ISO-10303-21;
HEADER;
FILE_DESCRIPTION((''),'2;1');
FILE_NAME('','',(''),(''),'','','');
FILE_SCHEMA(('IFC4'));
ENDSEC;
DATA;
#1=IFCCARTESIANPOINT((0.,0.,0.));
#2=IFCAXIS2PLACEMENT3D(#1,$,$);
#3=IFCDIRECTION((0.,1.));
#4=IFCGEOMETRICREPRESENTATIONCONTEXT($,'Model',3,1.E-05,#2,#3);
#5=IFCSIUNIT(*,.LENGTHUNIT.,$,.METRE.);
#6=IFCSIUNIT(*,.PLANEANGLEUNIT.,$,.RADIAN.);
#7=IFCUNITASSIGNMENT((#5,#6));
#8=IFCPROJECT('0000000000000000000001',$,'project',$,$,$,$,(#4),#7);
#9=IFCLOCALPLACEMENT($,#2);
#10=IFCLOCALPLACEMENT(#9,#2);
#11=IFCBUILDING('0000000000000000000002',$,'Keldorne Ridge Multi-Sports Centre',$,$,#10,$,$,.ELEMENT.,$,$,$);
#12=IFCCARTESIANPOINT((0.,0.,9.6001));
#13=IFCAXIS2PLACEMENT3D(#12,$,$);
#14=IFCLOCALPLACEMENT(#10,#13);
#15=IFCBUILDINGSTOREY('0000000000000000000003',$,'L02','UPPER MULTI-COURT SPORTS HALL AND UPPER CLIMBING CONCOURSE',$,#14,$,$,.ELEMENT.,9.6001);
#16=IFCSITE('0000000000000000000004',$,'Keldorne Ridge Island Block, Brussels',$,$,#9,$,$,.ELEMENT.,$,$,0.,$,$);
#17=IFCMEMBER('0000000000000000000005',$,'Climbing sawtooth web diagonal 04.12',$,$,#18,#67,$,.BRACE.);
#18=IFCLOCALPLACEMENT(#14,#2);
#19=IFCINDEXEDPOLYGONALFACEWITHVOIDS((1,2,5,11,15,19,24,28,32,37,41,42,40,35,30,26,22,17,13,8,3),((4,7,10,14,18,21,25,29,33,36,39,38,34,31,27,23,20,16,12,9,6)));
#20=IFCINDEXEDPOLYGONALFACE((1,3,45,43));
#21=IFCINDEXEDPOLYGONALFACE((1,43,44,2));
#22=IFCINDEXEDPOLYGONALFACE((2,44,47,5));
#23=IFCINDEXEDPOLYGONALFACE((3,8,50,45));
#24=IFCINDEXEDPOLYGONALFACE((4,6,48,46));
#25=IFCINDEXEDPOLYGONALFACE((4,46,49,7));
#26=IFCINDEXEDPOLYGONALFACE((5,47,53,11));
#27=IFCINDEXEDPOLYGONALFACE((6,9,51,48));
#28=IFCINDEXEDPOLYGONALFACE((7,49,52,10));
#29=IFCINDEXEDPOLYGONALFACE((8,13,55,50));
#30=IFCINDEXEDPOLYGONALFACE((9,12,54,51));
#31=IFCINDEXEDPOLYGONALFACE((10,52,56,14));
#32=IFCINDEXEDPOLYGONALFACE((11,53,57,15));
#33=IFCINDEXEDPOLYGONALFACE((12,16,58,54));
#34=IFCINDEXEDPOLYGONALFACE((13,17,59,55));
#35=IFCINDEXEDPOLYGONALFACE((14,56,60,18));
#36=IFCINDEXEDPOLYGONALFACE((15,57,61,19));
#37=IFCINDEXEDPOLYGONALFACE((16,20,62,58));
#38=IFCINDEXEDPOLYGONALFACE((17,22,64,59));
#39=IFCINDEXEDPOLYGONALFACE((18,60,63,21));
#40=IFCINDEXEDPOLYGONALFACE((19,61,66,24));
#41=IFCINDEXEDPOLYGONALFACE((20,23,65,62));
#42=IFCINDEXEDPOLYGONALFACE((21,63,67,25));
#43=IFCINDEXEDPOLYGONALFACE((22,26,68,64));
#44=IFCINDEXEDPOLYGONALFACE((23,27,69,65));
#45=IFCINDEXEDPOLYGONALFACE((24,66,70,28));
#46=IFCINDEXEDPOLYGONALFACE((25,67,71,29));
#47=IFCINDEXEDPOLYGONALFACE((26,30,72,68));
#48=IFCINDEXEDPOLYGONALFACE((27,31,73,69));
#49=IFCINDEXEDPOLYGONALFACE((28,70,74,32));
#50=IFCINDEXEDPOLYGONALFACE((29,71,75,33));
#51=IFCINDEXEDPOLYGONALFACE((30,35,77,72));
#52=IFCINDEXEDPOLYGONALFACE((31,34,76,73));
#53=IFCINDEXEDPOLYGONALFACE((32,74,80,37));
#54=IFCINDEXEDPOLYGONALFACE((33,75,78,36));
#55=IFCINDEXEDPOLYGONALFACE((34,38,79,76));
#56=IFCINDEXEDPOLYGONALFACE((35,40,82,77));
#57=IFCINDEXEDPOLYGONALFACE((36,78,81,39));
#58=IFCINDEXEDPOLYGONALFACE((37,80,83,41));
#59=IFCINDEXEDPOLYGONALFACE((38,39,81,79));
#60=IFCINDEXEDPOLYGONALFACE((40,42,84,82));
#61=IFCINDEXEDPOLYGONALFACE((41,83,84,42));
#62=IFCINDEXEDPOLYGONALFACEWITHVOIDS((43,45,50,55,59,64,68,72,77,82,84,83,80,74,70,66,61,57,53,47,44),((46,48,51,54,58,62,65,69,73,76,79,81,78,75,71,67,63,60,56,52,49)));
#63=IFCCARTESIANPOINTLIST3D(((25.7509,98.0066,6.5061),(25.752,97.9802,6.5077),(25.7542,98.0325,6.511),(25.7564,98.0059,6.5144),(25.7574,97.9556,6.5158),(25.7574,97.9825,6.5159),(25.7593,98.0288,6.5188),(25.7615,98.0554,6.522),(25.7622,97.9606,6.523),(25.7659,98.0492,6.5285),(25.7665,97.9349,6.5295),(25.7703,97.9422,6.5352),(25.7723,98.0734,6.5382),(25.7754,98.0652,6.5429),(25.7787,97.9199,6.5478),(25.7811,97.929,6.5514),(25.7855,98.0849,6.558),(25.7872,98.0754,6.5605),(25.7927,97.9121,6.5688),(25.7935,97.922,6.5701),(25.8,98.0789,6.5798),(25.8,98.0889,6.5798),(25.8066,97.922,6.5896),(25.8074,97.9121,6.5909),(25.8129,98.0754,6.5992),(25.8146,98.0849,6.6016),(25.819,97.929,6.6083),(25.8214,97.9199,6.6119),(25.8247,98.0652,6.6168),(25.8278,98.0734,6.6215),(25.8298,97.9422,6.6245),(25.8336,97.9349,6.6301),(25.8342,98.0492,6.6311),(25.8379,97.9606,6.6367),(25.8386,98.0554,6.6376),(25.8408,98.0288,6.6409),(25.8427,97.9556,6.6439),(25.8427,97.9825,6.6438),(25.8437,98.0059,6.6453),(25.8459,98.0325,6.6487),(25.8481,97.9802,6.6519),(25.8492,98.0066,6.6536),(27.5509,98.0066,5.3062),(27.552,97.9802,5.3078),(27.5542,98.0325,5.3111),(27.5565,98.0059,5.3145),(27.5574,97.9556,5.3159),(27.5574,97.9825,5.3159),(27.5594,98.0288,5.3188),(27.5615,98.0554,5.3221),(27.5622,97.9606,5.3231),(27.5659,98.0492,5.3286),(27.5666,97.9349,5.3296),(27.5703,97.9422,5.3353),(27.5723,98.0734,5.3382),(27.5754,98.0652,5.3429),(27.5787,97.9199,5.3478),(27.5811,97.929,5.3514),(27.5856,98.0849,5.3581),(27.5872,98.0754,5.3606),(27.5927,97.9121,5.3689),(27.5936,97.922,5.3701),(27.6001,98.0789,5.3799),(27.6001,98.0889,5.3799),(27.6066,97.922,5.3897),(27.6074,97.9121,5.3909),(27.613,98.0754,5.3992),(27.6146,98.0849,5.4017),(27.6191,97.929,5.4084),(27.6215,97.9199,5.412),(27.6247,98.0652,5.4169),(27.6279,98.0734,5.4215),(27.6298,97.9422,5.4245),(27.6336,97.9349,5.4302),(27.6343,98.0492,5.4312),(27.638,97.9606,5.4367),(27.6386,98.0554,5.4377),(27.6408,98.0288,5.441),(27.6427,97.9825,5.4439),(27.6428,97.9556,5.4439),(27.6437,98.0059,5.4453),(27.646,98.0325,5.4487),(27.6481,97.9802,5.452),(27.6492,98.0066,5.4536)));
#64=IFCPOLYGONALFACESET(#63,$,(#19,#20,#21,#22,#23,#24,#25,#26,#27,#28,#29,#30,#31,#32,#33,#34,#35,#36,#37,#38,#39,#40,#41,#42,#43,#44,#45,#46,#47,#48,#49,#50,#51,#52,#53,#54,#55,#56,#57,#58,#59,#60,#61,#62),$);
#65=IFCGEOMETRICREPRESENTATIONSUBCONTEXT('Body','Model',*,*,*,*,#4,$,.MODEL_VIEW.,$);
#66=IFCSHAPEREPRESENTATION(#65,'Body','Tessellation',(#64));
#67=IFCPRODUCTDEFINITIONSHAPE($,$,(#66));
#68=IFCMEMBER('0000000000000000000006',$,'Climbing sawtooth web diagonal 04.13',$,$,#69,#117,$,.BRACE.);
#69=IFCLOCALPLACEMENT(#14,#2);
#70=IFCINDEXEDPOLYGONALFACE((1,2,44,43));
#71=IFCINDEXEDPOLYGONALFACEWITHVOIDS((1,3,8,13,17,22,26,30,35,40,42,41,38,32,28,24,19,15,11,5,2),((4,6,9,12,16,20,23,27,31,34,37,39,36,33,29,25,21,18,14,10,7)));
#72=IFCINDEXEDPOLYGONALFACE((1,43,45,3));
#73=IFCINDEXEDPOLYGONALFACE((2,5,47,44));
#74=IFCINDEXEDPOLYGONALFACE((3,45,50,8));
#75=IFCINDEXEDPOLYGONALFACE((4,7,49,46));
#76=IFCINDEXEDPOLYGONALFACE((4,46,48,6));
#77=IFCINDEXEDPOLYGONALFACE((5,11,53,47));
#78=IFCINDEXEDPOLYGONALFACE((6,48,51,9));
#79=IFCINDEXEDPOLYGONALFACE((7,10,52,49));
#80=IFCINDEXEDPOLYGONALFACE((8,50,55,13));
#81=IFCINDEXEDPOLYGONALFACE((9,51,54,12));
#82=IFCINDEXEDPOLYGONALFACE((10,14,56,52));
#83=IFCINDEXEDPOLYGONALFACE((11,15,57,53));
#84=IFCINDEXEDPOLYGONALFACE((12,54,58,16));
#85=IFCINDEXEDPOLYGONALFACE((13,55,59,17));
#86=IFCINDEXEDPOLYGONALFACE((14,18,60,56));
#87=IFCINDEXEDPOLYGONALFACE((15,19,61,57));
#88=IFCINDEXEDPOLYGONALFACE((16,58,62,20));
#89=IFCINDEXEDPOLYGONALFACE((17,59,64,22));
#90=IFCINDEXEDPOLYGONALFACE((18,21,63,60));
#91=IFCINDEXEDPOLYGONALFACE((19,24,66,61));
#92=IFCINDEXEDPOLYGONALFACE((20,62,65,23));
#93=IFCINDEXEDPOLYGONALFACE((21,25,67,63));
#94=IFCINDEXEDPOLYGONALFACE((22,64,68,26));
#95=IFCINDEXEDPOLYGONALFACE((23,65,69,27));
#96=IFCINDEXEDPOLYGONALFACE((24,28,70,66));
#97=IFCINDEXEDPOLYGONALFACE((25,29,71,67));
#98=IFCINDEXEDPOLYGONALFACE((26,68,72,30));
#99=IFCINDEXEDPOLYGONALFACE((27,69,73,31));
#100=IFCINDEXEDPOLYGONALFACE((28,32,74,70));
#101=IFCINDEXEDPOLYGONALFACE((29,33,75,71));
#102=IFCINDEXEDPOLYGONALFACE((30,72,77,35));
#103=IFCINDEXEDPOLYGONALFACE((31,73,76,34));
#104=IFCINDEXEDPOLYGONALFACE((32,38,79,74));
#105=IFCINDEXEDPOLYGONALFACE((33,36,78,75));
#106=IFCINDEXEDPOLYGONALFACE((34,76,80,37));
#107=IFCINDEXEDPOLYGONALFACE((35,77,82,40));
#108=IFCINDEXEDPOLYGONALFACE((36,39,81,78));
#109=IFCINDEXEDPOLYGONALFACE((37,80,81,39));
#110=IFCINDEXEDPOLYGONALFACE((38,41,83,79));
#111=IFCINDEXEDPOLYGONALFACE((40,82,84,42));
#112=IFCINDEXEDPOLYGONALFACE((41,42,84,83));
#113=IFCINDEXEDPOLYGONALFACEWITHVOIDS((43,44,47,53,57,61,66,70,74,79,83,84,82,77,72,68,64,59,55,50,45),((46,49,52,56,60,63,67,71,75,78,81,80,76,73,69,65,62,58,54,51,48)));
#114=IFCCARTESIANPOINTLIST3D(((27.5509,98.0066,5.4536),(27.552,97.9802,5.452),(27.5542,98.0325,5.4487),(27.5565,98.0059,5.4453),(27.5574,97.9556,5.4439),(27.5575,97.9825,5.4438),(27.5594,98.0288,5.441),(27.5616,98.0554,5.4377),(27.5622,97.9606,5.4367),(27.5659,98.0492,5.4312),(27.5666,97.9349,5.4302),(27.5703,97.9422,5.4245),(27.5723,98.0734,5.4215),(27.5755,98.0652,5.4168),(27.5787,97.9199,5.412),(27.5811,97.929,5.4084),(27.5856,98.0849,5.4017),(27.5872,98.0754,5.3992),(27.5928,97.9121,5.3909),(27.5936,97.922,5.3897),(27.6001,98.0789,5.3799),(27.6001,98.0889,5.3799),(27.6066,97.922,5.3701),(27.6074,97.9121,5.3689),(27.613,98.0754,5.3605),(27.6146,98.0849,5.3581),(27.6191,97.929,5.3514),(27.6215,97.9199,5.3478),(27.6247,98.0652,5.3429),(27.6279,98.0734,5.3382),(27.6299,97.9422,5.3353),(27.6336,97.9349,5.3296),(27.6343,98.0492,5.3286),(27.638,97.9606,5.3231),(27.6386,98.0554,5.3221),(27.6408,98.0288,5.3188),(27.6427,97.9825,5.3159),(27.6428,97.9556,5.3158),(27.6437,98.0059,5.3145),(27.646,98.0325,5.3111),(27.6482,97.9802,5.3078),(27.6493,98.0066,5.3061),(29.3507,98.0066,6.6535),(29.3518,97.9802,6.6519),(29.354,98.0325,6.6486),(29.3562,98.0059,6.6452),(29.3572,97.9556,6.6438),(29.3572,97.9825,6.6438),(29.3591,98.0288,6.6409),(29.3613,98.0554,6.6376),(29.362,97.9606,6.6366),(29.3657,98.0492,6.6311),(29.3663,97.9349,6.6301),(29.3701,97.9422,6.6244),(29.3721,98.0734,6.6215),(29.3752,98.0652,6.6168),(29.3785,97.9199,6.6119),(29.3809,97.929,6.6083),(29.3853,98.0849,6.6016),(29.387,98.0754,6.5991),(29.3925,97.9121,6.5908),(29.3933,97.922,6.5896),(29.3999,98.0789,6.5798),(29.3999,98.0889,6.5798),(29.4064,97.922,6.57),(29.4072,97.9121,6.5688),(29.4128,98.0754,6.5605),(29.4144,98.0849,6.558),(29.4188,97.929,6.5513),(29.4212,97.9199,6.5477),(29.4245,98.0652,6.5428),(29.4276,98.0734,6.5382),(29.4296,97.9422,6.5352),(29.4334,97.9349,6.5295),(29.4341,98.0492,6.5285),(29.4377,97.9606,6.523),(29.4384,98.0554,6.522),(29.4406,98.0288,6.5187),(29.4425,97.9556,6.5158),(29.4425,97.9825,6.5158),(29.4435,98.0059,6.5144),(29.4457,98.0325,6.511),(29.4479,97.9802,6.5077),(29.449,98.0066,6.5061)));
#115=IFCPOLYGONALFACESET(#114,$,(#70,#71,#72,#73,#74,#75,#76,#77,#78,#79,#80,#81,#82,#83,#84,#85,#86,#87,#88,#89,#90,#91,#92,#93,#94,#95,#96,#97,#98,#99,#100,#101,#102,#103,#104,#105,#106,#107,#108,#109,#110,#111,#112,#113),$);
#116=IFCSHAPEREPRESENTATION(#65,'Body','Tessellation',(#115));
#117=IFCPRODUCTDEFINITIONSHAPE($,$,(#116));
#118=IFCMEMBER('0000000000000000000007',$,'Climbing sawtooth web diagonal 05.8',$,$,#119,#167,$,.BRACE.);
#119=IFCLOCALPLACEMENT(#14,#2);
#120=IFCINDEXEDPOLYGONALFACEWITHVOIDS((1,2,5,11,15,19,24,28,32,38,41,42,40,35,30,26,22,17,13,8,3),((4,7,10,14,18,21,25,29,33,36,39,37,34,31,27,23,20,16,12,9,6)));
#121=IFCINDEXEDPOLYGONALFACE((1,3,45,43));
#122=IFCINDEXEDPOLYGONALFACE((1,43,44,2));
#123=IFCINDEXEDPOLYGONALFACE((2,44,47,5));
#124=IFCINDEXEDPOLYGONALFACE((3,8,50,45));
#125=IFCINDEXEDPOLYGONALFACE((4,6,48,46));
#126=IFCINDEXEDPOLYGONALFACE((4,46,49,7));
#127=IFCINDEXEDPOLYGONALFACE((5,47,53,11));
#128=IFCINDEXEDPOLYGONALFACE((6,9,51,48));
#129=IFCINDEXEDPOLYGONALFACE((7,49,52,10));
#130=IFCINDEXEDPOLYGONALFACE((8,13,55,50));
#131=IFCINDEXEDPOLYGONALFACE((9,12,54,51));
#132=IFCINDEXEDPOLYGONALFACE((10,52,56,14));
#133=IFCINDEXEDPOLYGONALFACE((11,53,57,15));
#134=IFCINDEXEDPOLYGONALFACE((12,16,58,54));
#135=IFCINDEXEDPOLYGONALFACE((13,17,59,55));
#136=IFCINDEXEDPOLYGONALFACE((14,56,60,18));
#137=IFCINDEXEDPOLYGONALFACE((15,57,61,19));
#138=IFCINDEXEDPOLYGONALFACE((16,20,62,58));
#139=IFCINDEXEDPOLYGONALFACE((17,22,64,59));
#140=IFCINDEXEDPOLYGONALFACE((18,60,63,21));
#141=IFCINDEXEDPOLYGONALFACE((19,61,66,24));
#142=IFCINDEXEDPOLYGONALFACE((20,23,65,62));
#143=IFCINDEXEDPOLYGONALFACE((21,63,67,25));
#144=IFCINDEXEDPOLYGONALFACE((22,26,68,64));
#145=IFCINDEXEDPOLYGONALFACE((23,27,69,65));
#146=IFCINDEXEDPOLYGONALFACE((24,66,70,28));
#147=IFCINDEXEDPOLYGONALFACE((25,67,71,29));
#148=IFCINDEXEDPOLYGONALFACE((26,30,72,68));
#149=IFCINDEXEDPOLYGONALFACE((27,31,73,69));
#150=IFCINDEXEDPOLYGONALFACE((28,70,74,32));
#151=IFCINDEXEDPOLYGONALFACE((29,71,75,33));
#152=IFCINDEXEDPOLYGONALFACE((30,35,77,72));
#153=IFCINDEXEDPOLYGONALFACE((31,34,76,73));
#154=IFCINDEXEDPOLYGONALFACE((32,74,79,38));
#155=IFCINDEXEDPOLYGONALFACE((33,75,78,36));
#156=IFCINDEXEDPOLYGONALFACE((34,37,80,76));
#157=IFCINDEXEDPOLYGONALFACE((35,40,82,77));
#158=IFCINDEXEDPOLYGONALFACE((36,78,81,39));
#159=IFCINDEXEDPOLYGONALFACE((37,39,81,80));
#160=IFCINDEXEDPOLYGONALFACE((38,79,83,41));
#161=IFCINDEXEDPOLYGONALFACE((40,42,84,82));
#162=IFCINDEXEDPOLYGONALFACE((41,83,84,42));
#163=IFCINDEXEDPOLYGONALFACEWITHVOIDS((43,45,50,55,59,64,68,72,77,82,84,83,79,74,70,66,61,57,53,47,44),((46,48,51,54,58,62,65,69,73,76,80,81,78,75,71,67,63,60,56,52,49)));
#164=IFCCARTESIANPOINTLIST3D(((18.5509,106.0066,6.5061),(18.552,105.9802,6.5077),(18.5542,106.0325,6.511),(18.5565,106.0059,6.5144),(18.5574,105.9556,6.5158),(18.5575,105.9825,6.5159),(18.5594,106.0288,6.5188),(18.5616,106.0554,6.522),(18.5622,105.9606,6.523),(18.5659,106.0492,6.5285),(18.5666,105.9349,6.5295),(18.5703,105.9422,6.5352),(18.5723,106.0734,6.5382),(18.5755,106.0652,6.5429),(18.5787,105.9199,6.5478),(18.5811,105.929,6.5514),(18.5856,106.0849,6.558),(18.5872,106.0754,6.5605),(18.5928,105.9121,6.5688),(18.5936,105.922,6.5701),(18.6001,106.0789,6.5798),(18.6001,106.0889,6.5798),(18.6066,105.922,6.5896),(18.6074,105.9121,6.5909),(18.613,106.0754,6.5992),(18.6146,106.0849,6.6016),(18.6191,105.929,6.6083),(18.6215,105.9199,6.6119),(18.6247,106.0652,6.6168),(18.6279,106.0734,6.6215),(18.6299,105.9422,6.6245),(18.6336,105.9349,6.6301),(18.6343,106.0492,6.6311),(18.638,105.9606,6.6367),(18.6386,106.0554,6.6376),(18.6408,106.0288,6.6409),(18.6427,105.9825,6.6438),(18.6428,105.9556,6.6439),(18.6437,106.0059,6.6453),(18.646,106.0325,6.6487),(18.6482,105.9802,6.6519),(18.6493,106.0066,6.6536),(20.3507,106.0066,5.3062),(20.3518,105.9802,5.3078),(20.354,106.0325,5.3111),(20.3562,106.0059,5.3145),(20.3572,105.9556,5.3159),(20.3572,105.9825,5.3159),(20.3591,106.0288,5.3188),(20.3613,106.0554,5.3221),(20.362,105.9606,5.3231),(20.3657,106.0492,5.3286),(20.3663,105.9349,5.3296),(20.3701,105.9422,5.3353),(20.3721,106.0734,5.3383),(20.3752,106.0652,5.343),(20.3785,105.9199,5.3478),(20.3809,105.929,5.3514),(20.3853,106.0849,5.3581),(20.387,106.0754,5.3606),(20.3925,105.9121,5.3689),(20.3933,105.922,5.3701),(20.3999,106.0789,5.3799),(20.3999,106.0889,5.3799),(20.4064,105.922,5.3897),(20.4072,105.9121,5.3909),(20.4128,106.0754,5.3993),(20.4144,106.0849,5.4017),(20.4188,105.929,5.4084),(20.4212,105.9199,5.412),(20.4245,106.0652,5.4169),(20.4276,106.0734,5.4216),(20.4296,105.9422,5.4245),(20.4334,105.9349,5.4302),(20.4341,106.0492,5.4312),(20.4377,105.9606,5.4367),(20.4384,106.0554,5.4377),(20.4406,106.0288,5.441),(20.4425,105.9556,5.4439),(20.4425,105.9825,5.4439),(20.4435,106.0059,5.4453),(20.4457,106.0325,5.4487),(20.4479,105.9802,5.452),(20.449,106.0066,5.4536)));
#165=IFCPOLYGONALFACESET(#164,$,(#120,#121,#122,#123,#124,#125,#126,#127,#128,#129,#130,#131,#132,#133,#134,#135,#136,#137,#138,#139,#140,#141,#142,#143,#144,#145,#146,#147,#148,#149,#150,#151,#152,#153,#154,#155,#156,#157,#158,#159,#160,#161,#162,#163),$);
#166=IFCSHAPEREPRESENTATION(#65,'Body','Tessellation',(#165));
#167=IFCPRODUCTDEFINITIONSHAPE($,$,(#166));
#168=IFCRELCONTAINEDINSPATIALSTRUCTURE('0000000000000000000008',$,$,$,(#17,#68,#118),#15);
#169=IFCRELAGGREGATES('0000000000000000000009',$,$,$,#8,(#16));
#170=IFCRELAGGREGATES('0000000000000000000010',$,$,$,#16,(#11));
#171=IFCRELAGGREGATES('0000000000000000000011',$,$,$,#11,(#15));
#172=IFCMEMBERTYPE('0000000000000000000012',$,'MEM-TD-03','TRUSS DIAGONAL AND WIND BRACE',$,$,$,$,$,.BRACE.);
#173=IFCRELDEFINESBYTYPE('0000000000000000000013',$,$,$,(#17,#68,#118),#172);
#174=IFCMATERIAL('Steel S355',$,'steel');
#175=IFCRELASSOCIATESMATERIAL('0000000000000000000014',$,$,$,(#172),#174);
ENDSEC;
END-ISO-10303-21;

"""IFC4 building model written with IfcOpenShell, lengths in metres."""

from ifc_helpers import new_model, si_unit, direction, frame, origin, origin_2d, place, context, subcontext, project, spatial, hollow_circle, extrude, material, material_profile, profile_set, type_object, element, save


model = new_model("IFC4")

# Units and contexts
model_context = context("Model", 3, precision=1e-05, world=origin(), true_north=direction((0.0, 1.0)))
body_context = subcontext(model_context, "Body", "Model", "MODEL_VIEW")
ifc_project = project(units=[si_unit("LENGTHUNIT", "METRE"), si_unit("PLANEANGLEUNIT", "RADIAN")], contexts=[model_context])

# Site, building, storey
site_placement = place(None, origin())
site = spatial("IfcSite", under=ifc_project, at=site_placement, Name="Keldorne Ridge Island Block, Brussels", CompositionType="ELEMENT", RefElevation=0.0)
building_placement = place(site_placement, origin())
building = spatial("IfcBuilding", under=site, at=building_placement, Name="Keldorne Ridge Multi-Sports Centre", CompositionType="ELEMENT")
storey_placement = place(building_placement, frame((0.0, 0.0, 9.6001)))
storey = spatial("IfcBuildingStorey", under=building, at=storey_placement, Name="L02", Description="UPPER MULTI-COURT SPORTS HALL AND UPPER CLIMBING CONCOURSE", CompositionType="ELEMENT", Elevation=9.6001)

# Shared definitions
ifc_material = material(Name="Steel S355", Category="steel")

# Members
ifc_material_profile_1 = material_profile(ifc_material, hollow_circle(Radius=0.0889, WallThickness=0.01, at=origin_2d()), Name="CHS 177.8x10")
ifc_profile_set_1 = profile_set([ifc_material_profile_1], Name="Steel S355")
member_type_1 = type_object("IfcMemberType", Name="MEM-TD-03", Description="TRUSS DIAGONAL AND WIND BRACE", PredefinedType="BRACE", material=ifc_profile_set_1)
for number, where, z_axis, x_axis, name in (
    (1, (25.8, 98.0, 6.5798), (0.832068, 0.0, -0.554674), (0.0, 1.0, 0.0), "Climbing sawtooth web diagonal 04.12"),
):
    element("IfcMember", number, at=place(storey_placement, frame(where, z_axis=z_axis, x_axis=x_axis)), inside=storey, type_object=member_type_1, Name=name, PredefinedType="BRACE", context=body_context, shape_type="SweptSolid", body=[
        extrude(hollow_circle(Radius=0.0889, WallThickness=0.01, at=origin_2d()), origin(), (0.0, 0.0, 1.0), 2.1633),
    ])
for number, where, z_axis, x_axis, name in (
    (2, (27.6001, 98.0, 5.3799), (0.832033, 0.0, 0.554726), (0.0, 1.0, 0.0), "Climbing sawtooth web diagonal 04.13"),
    (3, (18.6001, 106.0, 6.5798), (0.832033, 0.0, -0.554726), (0.0, 1.0, 0.0), "Climbing sawtooth web diagonal 05.8"),
):
    element("IfcMember", number, at=place(storey_placement, frame(where, z_axis=z_axis, x_axis=x_axis)), inside=storey, type_object=member_type_1, Name=name, PredefinedType="BRACE", context=body_context, shape_type="SweptSolid", body=[
        extrude(hollow_circle(Radius=0.0889, WallThickness=0.01, at=origin_2d()), origin(), (0.0, 0.0, 1.0), 2.1631),
    ])

save(model, "model.ifc")
